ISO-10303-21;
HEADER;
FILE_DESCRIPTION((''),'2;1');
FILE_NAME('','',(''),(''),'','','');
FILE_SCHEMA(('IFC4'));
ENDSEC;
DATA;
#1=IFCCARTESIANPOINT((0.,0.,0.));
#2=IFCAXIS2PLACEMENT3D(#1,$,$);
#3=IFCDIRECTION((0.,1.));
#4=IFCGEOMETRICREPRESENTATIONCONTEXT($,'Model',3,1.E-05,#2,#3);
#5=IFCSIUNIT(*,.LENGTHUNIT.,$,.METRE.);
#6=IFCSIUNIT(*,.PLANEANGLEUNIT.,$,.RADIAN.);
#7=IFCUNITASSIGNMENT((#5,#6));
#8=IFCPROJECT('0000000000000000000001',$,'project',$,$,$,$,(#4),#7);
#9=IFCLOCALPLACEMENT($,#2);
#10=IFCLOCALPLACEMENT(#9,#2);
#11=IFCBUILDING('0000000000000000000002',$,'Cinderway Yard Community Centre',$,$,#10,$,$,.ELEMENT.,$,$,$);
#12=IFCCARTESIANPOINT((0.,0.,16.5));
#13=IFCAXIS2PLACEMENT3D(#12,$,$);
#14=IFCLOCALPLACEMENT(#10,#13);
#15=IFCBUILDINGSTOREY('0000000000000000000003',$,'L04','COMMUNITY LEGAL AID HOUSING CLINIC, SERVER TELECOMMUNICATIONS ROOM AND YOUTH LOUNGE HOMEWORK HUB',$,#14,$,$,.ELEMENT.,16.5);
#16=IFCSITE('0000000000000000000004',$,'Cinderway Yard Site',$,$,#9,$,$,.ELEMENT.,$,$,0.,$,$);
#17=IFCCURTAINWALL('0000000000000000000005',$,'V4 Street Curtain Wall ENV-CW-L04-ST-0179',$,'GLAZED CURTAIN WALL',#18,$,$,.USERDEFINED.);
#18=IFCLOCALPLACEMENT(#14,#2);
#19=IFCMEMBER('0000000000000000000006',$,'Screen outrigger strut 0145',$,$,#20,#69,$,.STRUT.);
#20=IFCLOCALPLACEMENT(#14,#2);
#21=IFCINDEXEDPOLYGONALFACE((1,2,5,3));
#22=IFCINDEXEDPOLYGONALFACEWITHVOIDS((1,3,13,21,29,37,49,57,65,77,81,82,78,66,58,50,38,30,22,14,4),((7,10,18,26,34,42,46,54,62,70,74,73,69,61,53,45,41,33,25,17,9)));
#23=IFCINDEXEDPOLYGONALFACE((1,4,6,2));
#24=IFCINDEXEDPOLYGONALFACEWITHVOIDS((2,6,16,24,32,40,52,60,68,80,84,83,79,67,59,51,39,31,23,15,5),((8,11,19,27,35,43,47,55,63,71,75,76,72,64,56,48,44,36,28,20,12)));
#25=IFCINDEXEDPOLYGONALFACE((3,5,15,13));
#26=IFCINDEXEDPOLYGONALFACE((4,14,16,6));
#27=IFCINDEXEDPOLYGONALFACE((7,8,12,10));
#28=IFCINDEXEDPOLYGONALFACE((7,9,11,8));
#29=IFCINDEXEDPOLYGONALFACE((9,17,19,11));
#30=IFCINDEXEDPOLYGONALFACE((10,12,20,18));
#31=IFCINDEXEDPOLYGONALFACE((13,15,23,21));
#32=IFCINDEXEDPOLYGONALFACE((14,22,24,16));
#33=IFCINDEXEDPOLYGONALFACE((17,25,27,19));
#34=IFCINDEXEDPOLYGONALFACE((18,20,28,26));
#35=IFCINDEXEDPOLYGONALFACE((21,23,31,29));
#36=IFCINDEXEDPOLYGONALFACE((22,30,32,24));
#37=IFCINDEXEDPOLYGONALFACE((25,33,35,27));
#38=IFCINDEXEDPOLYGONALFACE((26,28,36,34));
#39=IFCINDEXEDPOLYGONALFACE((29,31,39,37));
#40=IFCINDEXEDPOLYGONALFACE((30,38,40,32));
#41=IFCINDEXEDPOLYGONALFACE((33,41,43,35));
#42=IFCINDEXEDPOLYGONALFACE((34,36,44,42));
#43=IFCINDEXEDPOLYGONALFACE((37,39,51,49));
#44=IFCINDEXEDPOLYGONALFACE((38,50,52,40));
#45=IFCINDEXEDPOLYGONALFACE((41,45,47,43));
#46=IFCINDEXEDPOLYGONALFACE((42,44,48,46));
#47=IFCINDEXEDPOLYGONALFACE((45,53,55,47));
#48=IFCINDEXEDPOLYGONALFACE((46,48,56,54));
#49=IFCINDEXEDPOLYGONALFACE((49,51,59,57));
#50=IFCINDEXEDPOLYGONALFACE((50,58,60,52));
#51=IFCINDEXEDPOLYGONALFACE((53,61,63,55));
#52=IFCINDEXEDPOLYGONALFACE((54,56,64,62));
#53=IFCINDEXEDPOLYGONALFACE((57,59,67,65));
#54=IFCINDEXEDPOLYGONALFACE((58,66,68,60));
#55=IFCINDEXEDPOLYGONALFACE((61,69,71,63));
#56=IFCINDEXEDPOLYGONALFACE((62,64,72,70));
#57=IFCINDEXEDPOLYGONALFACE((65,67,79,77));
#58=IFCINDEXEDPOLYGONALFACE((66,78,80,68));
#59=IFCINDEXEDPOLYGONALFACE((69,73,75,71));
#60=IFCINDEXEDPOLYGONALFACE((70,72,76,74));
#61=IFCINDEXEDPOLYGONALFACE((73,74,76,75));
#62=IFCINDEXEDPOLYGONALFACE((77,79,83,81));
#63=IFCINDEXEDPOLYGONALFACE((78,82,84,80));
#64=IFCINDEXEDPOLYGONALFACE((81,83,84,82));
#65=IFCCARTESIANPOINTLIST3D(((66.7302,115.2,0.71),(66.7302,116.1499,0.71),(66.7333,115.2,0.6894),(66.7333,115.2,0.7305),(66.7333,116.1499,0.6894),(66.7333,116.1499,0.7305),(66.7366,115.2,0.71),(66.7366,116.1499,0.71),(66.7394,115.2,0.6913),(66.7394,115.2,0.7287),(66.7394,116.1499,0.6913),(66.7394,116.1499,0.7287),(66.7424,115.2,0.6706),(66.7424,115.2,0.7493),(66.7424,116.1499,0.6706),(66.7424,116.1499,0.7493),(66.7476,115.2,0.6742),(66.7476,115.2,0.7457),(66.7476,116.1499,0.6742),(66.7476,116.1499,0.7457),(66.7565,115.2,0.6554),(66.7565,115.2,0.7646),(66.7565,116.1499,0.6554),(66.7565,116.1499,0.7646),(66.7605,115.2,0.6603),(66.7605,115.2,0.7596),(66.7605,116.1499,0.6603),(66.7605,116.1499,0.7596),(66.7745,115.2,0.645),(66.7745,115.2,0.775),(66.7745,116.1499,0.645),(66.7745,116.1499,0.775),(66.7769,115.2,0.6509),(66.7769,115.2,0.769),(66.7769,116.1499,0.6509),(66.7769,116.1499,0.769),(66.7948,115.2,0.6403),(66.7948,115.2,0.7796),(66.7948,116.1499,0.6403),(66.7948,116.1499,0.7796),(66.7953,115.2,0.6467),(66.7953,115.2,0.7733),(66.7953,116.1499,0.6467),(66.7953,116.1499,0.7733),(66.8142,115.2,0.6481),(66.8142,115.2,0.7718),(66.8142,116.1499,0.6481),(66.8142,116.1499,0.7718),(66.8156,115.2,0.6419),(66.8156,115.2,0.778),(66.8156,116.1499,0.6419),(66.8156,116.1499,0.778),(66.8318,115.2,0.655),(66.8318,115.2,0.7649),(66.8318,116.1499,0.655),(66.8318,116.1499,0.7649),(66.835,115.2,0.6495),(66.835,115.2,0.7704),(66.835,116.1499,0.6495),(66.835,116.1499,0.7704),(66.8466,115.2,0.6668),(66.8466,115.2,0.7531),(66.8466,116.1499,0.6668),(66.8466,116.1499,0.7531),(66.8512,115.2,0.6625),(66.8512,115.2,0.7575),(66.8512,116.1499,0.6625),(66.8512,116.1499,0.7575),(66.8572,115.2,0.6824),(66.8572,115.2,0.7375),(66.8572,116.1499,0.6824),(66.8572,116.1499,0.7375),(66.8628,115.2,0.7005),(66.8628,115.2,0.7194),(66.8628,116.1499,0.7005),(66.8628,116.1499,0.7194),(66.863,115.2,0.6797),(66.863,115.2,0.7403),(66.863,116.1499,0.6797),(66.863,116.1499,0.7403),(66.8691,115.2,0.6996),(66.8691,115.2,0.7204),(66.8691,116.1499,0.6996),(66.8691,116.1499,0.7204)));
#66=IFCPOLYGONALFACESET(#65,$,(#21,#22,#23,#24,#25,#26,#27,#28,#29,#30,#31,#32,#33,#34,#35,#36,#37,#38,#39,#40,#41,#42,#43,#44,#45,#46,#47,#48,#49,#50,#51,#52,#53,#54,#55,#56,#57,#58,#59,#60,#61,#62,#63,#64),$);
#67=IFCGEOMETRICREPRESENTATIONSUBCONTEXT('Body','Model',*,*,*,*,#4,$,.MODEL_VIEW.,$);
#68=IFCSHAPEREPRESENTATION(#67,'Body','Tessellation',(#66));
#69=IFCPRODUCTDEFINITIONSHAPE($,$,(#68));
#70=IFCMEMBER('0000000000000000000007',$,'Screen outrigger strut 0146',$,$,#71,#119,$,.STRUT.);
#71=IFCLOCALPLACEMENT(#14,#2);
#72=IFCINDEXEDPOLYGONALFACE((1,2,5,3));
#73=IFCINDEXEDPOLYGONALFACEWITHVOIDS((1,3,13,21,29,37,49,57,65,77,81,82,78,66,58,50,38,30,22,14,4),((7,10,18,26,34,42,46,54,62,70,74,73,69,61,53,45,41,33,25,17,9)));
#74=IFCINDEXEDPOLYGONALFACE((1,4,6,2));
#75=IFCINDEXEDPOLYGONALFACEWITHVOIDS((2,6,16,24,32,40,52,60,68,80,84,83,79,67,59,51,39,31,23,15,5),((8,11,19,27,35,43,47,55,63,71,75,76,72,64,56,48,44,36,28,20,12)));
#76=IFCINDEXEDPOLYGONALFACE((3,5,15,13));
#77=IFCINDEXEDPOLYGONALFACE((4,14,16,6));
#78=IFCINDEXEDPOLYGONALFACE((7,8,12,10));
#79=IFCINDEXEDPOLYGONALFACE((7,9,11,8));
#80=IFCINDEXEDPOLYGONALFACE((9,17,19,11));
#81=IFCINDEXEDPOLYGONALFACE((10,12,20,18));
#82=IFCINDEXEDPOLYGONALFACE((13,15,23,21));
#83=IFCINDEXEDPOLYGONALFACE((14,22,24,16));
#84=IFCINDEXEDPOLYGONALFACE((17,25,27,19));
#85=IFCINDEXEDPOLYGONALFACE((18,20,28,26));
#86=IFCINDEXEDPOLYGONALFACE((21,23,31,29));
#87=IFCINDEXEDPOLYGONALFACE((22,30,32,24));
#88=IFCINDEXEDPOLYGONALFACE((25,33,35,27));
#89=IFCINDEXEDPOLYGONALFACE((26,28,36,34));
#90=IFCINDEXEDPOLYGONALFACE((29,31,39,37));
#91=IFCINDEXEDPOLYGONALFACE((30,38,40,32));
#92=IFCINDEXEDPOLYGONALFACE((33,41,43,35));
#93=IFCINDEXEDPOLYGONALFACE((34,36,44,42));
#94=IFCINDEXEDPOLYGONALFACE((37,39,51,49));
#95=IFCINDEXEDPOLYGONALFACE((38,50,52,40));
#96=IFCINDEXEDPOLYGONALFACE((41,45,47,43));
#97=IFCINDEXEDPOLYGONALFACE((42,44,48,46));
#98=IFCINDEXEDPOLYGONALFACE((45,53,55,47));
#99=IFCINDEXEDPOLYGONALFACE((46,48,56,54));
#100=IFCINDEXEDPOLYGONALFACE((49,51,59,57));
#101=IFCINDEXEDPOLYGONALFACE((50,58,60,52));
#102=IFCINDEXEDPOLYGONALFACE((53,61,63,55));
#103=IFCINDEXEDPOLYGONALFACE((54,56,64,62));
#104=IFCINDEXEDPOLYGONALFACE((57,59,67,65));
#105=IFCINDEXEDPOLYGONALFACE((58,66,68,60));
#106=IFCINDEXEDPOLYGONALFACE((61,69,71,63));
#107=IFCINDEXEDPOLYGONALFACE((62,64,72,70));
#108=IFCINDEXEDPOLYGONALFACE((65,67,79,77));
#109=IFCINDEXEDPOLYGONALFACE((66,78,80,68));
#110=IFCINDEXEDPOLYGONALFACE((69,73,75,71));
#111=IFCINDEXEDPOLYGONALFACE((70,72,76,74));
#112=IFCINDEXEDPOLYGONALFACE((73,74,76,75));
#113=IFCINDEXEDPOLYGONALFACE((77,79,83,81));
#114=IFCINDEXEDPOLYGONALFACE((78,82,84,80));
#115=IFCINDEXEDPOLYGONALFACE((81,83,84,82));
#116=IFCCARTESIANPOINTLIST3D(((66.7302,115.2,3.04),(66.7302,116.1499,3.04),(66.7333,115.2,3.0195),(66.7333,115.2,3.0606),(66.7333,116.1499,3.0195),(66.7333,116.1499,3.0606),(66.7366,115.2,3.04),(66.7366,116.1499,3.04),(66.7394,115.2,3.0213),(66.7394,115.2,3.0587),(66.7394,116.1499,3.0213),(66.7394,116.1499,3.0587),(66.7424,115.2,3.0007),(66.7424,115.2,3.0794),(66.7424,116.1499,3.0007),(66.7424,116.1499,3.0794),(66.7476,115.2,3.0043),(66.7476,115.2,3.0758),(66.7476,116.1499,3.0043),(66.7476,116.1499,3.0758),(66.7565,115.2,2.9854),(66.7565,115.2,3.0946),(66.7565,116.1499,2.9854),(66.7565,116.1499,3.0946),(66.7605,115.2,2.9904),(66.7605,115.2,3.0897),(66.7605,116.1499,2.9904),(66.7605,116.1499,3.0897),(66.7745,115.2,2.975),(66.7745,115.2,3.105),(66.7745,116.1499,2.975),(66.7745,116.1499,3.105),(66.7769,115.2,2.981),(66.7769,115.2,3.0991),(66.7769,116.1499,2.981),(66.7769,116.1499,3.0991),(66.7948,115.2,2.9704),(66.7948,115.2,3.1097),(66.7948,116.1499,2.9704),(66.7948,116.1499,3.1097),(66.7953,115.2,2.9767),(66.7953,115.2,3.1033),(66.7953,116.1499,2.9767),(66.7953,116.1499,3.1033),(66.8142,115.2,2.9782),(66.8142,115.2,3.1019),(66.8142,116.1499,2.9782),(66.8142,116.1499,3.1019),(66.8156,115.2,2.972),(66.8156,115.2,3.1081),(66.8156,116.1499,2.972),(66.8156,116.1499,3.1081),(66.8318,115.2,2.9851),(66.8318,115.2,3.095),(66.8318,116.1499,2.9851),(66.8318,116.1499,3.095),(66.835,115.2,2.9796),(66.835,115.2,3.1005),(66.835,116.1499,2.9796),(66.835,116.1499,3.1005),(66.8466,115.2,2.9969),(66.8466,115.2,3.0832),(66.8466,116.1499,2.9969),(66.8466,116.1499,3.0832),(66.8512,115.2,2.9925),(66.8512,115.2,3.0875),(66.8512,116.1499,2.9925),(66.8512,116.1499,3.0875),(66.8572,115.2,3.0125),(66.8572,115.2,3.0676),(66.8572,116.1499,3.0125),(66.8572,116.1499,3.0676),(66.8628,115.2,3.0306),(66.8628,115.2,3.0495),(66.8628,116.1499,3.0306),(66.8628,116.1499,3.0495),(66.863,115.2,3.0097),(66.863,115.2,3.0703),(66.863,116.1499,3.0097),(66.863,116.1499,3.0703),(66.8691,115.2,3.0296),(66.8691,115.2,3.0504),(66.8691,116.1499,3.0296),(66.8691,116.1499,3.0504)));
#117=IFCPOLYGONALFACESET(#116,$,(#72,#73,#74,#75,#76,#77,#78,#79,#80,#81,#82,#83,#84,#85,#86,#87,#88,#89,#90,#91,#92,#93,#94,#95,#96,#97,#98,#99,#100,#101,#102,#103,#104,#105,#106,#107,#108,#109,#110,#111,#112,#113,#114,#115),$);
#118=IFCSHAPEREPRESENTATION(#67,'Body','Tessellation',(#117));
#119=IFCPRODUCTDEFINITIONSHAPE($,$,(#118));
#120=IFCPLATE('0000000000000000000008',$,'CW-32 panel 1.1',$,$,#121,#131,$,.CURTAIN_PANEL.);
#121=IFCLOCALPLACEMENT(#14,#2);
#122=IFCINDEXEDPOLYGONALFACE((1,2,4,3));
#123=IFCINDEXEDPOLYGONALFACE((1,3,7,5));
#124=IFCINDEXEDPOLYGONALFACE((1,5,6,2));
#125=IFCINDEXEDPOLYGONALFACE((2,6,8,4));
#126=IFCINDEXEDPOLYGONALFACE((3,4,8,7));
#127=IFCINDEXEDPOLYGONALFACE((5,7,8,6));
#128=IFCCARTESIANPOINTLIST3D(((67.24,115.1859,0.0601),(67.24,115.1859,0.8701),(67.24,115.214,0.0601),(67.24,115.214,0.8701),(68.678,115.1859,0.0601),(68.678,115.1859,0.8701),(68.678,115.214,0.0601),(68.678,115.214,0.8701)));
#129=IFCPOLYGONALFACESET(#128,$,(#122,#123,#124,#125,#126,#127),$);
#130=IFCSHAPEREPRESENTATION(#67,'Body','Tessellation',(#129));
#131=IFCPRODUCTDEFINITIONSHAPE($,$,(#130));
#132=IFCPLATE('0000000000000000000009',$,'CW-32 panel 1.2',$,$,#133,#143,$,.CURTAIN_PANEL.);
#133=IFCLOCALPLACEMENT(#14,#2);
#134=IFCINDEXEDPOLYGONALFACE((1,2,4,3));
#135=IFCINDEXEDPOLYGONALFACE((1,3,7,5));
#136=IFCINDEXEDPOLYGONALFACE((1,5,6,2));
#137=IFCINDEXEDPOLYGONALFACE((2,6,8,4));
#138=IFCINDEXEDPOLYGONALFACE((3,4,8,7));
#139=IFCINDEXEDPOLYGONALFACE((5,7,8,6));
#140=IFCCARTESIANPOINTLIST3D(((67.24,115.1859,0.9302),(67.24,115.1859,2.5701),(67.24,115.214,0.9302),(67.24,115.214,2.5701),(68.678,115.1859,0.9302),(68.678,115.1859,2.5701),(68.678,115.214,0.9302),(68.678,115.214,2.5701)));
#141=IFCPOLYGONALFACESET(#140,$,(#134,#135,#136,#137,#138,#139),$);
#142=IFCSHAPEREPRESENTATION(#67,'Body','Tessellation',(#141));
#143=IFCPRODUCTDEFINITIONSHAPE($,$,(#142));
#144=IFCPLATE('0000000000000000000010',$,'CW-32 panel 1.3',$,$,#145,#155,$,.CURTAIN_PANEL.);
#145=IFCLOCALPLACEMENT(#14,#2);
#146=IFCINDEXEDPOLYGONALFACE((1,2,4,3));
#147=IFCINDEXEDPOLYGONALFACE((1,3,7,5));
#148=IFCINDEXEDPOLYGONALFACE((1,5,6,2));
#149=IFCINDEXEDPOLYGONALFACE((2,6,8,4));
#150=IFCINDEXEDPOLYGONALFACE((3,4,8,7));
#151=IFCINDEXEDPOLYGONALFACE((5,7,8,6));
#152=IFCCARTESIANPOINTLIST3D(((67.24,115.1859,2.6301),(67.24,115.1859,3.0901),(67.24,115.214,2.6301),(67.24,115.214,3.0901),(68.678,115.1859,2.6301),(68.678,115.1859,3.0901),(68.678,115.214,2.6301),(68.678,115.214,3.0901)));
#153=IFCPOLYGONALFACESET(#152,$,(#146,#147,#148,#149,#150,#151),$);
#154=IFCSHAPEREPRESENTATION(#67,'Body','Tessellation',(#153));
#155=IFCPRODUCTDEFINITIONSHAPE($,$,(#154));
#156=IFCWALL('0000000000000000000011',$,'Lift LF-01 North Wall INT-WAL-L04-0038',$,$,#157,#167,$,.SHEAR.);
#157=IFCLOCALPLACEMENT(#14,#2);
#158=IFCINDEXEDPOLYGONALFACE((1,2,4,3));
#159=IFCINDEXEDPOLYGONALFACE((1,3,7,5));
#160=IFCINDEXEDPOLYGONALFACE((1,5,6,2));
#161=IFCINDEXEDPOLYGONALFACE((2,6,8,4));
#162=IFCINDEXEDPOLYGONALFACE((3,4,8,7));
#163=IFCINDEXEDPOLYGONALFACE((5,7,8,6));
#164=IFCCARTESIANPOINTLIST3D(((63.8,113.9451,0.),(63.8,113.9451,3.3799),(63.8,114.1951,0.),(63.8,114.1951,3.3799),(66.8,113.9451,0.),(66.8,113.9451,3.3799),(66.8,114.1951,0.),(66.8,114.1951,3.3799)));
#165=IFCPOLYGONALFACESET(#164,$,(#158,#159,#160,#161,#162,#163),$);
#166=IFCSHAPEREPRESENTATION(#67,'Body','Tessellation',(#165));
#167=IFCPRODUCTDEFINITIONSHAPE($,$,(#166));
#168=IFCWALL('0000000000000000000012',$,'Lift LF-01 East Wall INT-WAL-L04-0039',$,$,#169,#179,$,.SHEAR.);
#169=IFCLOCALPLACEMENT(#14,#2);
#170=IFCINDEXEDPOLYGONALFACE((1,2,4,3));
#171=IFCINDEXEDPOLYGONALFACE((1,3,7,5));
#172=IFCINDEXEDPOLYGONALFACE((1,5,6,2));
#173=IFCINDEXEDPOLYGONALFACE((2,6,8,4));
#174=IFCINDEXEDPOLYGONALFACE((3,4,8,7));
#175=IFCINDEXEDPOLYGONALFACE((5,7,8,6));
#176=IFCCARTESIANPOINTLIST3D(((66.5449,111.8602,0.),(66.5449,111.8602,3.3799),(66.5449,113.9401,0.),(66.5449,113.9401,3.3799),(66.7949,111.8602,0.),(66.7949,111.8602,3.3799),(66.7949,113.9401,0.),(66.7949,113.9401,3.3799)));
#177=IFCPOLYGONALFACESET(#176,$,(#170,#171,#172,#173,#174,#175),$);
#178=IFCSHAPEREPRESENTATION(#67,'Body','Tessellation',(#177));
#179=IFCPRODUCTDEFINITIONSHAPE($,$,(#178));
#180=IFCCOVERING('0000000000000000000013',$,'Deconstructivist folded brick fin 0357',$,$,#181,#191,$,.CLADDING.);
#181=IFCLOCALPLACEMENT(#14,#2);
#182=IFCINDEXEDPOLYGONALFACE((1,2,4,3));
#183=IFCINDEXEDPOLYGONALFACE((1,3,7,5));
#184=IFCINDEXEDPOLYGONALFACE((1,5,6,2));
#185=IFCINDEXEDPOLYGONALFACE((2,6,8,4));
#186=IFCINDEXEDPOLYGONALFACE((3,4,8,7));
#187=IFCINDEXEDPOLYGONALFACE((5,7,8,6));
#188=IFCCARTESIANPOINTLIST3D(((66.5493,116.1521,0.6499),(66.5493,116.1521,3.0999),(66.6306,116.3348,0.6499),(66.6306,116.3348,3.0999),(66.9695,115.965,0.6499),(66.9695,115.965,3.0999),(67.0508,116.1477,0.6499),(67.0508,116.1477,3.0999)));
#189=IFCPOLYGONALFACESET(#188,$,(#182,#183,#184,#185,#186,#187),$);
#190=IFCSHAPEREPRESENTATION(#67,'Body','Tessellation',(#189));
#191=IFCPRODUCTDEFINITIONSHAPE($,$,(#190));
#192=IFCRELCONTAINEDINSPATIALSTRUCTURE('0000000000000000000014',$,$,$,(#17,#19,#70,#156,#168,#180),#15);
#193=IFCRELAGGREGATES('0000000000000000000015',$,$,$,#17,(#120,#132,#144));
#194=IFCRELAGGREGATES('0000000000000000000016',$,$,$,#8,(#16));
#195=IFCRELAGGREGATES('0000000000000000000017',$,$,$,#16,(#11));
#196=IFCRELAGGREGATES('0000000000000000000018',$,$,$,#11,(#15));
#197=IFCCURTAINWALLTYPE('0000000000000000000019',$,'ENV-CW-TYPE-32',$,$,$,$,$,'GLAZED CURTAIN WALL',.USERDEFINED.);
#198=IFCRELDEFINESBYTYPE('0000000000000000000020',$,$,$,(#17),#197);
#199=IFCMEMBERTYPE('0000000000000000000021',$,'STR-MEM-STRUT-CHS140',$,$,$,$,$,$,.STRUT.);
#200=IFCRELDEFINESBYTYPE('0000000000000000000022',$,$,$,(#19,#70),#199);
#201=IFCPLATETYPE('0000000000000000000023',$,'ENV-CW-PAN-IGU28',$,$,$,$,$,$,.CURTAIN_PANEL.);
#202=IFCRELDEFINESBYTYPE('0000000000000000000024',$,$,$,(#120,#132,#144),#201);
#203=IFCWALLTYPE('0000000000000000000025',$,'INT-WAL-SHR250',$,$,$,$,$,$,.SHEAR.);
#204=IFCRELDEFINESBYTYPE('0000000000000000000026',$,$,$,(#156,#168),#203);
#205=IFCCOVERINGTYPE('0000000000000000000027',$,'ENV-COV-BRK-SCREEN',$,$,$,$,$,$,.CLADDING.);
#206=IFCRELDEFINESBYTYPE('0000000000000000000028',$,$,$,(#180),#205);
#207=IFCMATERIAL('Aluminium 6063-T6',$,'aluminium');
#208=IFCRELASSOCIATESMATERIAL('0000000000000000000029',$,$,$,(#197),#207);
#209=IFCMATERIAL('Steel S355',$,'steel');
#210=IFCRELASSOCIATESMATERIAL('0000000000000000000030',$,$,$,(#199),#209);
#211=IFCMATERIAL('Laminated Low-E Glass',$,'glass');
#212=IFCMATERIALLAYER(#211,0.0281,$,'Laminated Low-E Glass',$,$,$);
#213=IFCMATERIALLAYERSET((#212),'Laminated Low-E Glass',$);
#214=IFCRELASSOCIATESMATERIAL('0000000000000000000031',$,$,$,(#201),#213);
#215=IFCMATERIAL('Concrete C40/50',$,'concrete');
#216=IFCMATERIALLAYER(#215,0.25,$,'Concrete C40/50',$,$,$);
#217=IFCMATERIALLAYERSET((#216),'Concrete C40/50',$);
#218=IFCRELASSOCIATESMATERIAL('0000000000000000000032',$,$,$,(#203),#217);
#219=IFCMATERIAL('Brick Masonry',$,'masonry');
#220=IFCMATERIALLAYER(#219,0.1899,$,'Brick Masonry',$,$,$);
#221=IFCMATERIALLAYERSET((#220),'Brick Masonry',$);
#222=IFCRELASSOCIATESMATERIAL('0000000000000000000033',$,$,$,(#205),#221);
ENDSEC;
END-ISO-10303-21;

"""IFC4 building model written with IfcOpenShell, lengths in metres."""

from ifc_helpers import new_model, si_unit, direction, frame, frame_2d, origin, origin_2d, place, context, subcontext, project, spatial, rectangle, hollow_circle, extrude, material, layer, layer_set, material_profile, profile_set, type_object, element, aggregate, save


model = new_model("IFC4")

# Units and contexts
model_context = context("Model", 3, precision=1e-05, world=origin(), true_north=direction((0.0, 1.0)))
body_context = subcontext(model_context, "Body", "Model", "MODEL_VIEW")
ifc_project = project(units=[si_unit("LENGTHUNIT", "METRE"), si_unit("PLANEANGLEUNIT", "RADIAN")], contexts=[model_context])

# Site, building, storey
site_placement = place(None, origin())
site = spatial("IfcSite", under=ifc_project, at=site_placement, Name="Cinderway Yard Site", CompositionType="ELEMENT", RefElevation=0.0)
building_placement = place(site_placement, origin())
building = spatial("IfcBuilding", under=site, at=building_placement, Name="Cinderway Yard Community Centre", CompositionType="ELEMENT")
storey_placement = place(building_placement, frame((0.0, 0.0, 16.5)))
storey = spatial("IfcBuildingStorey", under=building, at=storey_placement, Name="L04", Description="COMMUNITY LEGAL AID HOUSING CLINIC, SERVER TELECOMMUNICATIONS ROOM AND YOUTH LOUNGE HOMEWORK HUB", CompositionType="ELEMENT", Elevation=16.5)

# Shared definitions
ifc_material_1 = material(Name="Concrete C40/50", Category="concrete")

# Curtain wall
ifc_material_2 = material(Name="Aluminium 6063-T6", Category="aluminium")
curtain_wall_type = type_object("IfcCurtainWallType", Name="ENV-CW-TYPE-32", ElementType="GLAZED CURTAIN WALL", PredefinedType="USERDEFINED", material=ifc_material_2)
curtain_wall_placement = place(storey_placement, origin())
curtain_wall = element("IfcCurtainWall", 1, at=curtain_wall_placement, inside=storey, type_object=curtain_wall_type, Name="V4 Street Curtain Wall ENV-CW-L04-ST-0179", ObjectType="GLAZED CURTAIN WALL", PredefinedType="USERDEFINED")

# Shared definitions
ifc_material_3 = material(Name="Steel S355", Category="steel")

# Members
ifc_material_profile_1 = material_profile(ifc_material_3, hollow_circle(Radius=0.0698, WallThickness=0.0063, at=origin_2d()), Name="Steel S355")
ifc_profile_set_1 = profile_set([ifc_material_profile_1], Name="Steel S355")
member_type_1 = type_object("IfcMemberType", Name="STR-MEM-STRUT-CHS140", PredefinedType="STRUT", material=ifc_profile_set_1)
for number, where, z_axis, x_axis, name in (
    (2, (66.8, 115.2, 0.71), (0.0, 1.0, 0.0), (-1.0, 0.0, 0.0), "Screen outrigger strut 0145"),
    (3, (66.8, 115.2, 3.04), (0.0, 1.0, 0.0), (-1.0, 0.0, 0.0), "Screen outrigger strut 0146"),
):
    element("IfcMember", number, at=place(storey_placement, frame(where, z_axis=z_axis, x_axis=x_axis)), inside=storey, type_object=member_type_1, Name=name, PredefinedType="STRUT", context=body_context, shape_type="SweptSolid", body=[
        extrude(hollow_circle(Radius=0.0698, WallThickness=0.0063, at=origin_2d()), origin(), (0.0, 0.0, 1.0), 0.95),
    ])

# Plates
ifc_material_4 = material(Name="Laminated Low-E Glass", Category="glass")
ifc_layer_1 = layer(ifc_material_4, 0.0281, Name="Laminated Low-E Glass")
ifc_layer_set_1 = layer_set([ifc_layer_1], Name="Laminated Low-E Glass")
plate_type = type_object("IfcPlateType", Name="ENV-CW-PAN-IGU28", PredefinedType="CURTAIN_PANEL", material=ifc_layer_set_1)
plate_1_placement = place(storey_placement, frame((67.959, 115.2, 0.0601), z_axis=(0.0, 0.0, 1.0), x_axis=(1.0, 0.0, 0.0)))
plate_1 = element("IfcPlate", 4, at=plate_1_placement, type_object=plate_type, Name="CW-32 panel 1.1", PredefinedType="CURTAIN_PANEL", context=body_context, shape_type="SweptSolid", body=[
    extrude(rectangle(XDim=1.438, YDim=0.0281, at=origin_2d()), origin(), (0.0, 0.0, 1.0), 0.8101),
])
plate_2_placement = place(storey_placement, frame((67.959, 115.2, 0.9302), z_axis=(0.0, 0.0, 1.0), x_axis=(1.0, 0.0, 0.0)))
plate_2 = element("IfcPlate", 5, at=plate_2_placement, type_object=plate_type, Name="CW-32 panel 1.2", PredefinedType="CURTAIN_PANEL", context=body_context, shape_type="SweptSolid", body=[
    extrude(rectangle(XDim=1.438, YDim=0.0281, at=origin_2d()), origin(), (0.0, 0.0, 1.0), 1.6399),
])
plate_3_placement = place(storey_placement, frame((67.959, 115.2, 2.6301), z_axis=(0.0, 0.0, 1.0), x_axis=(1.0, 0.0, 0.0)))
plate_3 = element("IfcPlate", 6, at=plate_3_placement, type_object=plate_type, Name="CW-32 panel 1.3", PredefinedType="CURTAIN_PANEL", context=body_context, shape_type="SweptSolid", body=[
    extrude(rectangle(XDim=1.438, YDim=0.0281, at=origin_2d()), origin(), (0.0, 0.0, 1.0), 0.46),
])
aggregate(curtain_wall, [plate_1, plate_2, plate_3])

# Walls
ifc_layer_2 = layer(ifc_material_1, 0.25, Name="Concrete C40/50")
ifc_layer_set_2 = layer_set([ifc_layer_2], Name="Concrete C40/50")
wall_type = type_object("IfcWallType", Name="INT-WAL-SHR250", PredefinedType="SHEAR", material=ifc_layer_set_2)
wall_1_placement = place(storey_placement, frame((66.8, 114.0701, 0.0), z_axis=(0.0, 0.0, 1.0), x_axis=(-1.0, 0.0, 0.0)))
element("IfcWall", 7, at=wall_1_placement, inside=storey, type_object=wall_type, Name="Lift LF-01 North Wall INT-WAL-L04-0038", PredefinedType="SHEAR", context=body_context, shape_type="SweptSolid", body=[
    extrude(rectangle(XDim=3.0, YDim=0.25, at=frame_2d((1.5, 0.0))), origin(), (0.0, 0.0, 1.0), 3.3799),
])
wall_2_placement = place(storey_placement, frame((66.6699, 111.8601, 0.0), z_axis=(0.0, 0.0, 1.0), x_axis=(0.0, 1.0, 0.0)))
element("IfcWall", 8, at=wall_2_placement, inside=storey, type_object=wall_type, Name="Lift LF-01 East Wall INT-WAL-L04-0039", PredefinedType="SHEAR", context=body_context, shape_type="SweptSolid", body=[
    extrude(rectangle(XDim=2.0798, YDim=0.25, at=frame_2d((1.04, 0.0))), origin(), (0.0, 0.0, 1.0), 3.3799),
])

# Covering
ifc_material_5 = material(Name="Brick Masonry", Category="masonry")
ifc_layer_3 = layer(ifc_material_5, 0.1899, Name="Brick Masonry")
ifc_layer_set_3 = layer_set([ifc_layer_3], Name="Brick Masonry")
covering_type = type_object("IfcCoveringType", Name="ENV-COV-BRK-SCREEN", PredefinedType="CLADDING", material=ifc_layer_set_3)
covering_placement = place(storey_placement, frame((66.8, 116.1499, 0.6499), z_axis=(0.0, 0.0, 1.0), x_axis=(0.913545, -0.406737, 0.0)))
element("IfcCovering", 9, at=covering_placement, inside=storey, type_object=covering_type, Name="Deconstructivist folded brick fin 0357", PredefinedType="CLADDING", context=body_context, shape_type="SweptSolid", body=[
    extrude(rectangle(XDim=0.46, YDim=0.2, at=origin_2d()), origin(), (0.0, 0.0, 1.0), 2.45),
])

save(model, "model.ifc")
